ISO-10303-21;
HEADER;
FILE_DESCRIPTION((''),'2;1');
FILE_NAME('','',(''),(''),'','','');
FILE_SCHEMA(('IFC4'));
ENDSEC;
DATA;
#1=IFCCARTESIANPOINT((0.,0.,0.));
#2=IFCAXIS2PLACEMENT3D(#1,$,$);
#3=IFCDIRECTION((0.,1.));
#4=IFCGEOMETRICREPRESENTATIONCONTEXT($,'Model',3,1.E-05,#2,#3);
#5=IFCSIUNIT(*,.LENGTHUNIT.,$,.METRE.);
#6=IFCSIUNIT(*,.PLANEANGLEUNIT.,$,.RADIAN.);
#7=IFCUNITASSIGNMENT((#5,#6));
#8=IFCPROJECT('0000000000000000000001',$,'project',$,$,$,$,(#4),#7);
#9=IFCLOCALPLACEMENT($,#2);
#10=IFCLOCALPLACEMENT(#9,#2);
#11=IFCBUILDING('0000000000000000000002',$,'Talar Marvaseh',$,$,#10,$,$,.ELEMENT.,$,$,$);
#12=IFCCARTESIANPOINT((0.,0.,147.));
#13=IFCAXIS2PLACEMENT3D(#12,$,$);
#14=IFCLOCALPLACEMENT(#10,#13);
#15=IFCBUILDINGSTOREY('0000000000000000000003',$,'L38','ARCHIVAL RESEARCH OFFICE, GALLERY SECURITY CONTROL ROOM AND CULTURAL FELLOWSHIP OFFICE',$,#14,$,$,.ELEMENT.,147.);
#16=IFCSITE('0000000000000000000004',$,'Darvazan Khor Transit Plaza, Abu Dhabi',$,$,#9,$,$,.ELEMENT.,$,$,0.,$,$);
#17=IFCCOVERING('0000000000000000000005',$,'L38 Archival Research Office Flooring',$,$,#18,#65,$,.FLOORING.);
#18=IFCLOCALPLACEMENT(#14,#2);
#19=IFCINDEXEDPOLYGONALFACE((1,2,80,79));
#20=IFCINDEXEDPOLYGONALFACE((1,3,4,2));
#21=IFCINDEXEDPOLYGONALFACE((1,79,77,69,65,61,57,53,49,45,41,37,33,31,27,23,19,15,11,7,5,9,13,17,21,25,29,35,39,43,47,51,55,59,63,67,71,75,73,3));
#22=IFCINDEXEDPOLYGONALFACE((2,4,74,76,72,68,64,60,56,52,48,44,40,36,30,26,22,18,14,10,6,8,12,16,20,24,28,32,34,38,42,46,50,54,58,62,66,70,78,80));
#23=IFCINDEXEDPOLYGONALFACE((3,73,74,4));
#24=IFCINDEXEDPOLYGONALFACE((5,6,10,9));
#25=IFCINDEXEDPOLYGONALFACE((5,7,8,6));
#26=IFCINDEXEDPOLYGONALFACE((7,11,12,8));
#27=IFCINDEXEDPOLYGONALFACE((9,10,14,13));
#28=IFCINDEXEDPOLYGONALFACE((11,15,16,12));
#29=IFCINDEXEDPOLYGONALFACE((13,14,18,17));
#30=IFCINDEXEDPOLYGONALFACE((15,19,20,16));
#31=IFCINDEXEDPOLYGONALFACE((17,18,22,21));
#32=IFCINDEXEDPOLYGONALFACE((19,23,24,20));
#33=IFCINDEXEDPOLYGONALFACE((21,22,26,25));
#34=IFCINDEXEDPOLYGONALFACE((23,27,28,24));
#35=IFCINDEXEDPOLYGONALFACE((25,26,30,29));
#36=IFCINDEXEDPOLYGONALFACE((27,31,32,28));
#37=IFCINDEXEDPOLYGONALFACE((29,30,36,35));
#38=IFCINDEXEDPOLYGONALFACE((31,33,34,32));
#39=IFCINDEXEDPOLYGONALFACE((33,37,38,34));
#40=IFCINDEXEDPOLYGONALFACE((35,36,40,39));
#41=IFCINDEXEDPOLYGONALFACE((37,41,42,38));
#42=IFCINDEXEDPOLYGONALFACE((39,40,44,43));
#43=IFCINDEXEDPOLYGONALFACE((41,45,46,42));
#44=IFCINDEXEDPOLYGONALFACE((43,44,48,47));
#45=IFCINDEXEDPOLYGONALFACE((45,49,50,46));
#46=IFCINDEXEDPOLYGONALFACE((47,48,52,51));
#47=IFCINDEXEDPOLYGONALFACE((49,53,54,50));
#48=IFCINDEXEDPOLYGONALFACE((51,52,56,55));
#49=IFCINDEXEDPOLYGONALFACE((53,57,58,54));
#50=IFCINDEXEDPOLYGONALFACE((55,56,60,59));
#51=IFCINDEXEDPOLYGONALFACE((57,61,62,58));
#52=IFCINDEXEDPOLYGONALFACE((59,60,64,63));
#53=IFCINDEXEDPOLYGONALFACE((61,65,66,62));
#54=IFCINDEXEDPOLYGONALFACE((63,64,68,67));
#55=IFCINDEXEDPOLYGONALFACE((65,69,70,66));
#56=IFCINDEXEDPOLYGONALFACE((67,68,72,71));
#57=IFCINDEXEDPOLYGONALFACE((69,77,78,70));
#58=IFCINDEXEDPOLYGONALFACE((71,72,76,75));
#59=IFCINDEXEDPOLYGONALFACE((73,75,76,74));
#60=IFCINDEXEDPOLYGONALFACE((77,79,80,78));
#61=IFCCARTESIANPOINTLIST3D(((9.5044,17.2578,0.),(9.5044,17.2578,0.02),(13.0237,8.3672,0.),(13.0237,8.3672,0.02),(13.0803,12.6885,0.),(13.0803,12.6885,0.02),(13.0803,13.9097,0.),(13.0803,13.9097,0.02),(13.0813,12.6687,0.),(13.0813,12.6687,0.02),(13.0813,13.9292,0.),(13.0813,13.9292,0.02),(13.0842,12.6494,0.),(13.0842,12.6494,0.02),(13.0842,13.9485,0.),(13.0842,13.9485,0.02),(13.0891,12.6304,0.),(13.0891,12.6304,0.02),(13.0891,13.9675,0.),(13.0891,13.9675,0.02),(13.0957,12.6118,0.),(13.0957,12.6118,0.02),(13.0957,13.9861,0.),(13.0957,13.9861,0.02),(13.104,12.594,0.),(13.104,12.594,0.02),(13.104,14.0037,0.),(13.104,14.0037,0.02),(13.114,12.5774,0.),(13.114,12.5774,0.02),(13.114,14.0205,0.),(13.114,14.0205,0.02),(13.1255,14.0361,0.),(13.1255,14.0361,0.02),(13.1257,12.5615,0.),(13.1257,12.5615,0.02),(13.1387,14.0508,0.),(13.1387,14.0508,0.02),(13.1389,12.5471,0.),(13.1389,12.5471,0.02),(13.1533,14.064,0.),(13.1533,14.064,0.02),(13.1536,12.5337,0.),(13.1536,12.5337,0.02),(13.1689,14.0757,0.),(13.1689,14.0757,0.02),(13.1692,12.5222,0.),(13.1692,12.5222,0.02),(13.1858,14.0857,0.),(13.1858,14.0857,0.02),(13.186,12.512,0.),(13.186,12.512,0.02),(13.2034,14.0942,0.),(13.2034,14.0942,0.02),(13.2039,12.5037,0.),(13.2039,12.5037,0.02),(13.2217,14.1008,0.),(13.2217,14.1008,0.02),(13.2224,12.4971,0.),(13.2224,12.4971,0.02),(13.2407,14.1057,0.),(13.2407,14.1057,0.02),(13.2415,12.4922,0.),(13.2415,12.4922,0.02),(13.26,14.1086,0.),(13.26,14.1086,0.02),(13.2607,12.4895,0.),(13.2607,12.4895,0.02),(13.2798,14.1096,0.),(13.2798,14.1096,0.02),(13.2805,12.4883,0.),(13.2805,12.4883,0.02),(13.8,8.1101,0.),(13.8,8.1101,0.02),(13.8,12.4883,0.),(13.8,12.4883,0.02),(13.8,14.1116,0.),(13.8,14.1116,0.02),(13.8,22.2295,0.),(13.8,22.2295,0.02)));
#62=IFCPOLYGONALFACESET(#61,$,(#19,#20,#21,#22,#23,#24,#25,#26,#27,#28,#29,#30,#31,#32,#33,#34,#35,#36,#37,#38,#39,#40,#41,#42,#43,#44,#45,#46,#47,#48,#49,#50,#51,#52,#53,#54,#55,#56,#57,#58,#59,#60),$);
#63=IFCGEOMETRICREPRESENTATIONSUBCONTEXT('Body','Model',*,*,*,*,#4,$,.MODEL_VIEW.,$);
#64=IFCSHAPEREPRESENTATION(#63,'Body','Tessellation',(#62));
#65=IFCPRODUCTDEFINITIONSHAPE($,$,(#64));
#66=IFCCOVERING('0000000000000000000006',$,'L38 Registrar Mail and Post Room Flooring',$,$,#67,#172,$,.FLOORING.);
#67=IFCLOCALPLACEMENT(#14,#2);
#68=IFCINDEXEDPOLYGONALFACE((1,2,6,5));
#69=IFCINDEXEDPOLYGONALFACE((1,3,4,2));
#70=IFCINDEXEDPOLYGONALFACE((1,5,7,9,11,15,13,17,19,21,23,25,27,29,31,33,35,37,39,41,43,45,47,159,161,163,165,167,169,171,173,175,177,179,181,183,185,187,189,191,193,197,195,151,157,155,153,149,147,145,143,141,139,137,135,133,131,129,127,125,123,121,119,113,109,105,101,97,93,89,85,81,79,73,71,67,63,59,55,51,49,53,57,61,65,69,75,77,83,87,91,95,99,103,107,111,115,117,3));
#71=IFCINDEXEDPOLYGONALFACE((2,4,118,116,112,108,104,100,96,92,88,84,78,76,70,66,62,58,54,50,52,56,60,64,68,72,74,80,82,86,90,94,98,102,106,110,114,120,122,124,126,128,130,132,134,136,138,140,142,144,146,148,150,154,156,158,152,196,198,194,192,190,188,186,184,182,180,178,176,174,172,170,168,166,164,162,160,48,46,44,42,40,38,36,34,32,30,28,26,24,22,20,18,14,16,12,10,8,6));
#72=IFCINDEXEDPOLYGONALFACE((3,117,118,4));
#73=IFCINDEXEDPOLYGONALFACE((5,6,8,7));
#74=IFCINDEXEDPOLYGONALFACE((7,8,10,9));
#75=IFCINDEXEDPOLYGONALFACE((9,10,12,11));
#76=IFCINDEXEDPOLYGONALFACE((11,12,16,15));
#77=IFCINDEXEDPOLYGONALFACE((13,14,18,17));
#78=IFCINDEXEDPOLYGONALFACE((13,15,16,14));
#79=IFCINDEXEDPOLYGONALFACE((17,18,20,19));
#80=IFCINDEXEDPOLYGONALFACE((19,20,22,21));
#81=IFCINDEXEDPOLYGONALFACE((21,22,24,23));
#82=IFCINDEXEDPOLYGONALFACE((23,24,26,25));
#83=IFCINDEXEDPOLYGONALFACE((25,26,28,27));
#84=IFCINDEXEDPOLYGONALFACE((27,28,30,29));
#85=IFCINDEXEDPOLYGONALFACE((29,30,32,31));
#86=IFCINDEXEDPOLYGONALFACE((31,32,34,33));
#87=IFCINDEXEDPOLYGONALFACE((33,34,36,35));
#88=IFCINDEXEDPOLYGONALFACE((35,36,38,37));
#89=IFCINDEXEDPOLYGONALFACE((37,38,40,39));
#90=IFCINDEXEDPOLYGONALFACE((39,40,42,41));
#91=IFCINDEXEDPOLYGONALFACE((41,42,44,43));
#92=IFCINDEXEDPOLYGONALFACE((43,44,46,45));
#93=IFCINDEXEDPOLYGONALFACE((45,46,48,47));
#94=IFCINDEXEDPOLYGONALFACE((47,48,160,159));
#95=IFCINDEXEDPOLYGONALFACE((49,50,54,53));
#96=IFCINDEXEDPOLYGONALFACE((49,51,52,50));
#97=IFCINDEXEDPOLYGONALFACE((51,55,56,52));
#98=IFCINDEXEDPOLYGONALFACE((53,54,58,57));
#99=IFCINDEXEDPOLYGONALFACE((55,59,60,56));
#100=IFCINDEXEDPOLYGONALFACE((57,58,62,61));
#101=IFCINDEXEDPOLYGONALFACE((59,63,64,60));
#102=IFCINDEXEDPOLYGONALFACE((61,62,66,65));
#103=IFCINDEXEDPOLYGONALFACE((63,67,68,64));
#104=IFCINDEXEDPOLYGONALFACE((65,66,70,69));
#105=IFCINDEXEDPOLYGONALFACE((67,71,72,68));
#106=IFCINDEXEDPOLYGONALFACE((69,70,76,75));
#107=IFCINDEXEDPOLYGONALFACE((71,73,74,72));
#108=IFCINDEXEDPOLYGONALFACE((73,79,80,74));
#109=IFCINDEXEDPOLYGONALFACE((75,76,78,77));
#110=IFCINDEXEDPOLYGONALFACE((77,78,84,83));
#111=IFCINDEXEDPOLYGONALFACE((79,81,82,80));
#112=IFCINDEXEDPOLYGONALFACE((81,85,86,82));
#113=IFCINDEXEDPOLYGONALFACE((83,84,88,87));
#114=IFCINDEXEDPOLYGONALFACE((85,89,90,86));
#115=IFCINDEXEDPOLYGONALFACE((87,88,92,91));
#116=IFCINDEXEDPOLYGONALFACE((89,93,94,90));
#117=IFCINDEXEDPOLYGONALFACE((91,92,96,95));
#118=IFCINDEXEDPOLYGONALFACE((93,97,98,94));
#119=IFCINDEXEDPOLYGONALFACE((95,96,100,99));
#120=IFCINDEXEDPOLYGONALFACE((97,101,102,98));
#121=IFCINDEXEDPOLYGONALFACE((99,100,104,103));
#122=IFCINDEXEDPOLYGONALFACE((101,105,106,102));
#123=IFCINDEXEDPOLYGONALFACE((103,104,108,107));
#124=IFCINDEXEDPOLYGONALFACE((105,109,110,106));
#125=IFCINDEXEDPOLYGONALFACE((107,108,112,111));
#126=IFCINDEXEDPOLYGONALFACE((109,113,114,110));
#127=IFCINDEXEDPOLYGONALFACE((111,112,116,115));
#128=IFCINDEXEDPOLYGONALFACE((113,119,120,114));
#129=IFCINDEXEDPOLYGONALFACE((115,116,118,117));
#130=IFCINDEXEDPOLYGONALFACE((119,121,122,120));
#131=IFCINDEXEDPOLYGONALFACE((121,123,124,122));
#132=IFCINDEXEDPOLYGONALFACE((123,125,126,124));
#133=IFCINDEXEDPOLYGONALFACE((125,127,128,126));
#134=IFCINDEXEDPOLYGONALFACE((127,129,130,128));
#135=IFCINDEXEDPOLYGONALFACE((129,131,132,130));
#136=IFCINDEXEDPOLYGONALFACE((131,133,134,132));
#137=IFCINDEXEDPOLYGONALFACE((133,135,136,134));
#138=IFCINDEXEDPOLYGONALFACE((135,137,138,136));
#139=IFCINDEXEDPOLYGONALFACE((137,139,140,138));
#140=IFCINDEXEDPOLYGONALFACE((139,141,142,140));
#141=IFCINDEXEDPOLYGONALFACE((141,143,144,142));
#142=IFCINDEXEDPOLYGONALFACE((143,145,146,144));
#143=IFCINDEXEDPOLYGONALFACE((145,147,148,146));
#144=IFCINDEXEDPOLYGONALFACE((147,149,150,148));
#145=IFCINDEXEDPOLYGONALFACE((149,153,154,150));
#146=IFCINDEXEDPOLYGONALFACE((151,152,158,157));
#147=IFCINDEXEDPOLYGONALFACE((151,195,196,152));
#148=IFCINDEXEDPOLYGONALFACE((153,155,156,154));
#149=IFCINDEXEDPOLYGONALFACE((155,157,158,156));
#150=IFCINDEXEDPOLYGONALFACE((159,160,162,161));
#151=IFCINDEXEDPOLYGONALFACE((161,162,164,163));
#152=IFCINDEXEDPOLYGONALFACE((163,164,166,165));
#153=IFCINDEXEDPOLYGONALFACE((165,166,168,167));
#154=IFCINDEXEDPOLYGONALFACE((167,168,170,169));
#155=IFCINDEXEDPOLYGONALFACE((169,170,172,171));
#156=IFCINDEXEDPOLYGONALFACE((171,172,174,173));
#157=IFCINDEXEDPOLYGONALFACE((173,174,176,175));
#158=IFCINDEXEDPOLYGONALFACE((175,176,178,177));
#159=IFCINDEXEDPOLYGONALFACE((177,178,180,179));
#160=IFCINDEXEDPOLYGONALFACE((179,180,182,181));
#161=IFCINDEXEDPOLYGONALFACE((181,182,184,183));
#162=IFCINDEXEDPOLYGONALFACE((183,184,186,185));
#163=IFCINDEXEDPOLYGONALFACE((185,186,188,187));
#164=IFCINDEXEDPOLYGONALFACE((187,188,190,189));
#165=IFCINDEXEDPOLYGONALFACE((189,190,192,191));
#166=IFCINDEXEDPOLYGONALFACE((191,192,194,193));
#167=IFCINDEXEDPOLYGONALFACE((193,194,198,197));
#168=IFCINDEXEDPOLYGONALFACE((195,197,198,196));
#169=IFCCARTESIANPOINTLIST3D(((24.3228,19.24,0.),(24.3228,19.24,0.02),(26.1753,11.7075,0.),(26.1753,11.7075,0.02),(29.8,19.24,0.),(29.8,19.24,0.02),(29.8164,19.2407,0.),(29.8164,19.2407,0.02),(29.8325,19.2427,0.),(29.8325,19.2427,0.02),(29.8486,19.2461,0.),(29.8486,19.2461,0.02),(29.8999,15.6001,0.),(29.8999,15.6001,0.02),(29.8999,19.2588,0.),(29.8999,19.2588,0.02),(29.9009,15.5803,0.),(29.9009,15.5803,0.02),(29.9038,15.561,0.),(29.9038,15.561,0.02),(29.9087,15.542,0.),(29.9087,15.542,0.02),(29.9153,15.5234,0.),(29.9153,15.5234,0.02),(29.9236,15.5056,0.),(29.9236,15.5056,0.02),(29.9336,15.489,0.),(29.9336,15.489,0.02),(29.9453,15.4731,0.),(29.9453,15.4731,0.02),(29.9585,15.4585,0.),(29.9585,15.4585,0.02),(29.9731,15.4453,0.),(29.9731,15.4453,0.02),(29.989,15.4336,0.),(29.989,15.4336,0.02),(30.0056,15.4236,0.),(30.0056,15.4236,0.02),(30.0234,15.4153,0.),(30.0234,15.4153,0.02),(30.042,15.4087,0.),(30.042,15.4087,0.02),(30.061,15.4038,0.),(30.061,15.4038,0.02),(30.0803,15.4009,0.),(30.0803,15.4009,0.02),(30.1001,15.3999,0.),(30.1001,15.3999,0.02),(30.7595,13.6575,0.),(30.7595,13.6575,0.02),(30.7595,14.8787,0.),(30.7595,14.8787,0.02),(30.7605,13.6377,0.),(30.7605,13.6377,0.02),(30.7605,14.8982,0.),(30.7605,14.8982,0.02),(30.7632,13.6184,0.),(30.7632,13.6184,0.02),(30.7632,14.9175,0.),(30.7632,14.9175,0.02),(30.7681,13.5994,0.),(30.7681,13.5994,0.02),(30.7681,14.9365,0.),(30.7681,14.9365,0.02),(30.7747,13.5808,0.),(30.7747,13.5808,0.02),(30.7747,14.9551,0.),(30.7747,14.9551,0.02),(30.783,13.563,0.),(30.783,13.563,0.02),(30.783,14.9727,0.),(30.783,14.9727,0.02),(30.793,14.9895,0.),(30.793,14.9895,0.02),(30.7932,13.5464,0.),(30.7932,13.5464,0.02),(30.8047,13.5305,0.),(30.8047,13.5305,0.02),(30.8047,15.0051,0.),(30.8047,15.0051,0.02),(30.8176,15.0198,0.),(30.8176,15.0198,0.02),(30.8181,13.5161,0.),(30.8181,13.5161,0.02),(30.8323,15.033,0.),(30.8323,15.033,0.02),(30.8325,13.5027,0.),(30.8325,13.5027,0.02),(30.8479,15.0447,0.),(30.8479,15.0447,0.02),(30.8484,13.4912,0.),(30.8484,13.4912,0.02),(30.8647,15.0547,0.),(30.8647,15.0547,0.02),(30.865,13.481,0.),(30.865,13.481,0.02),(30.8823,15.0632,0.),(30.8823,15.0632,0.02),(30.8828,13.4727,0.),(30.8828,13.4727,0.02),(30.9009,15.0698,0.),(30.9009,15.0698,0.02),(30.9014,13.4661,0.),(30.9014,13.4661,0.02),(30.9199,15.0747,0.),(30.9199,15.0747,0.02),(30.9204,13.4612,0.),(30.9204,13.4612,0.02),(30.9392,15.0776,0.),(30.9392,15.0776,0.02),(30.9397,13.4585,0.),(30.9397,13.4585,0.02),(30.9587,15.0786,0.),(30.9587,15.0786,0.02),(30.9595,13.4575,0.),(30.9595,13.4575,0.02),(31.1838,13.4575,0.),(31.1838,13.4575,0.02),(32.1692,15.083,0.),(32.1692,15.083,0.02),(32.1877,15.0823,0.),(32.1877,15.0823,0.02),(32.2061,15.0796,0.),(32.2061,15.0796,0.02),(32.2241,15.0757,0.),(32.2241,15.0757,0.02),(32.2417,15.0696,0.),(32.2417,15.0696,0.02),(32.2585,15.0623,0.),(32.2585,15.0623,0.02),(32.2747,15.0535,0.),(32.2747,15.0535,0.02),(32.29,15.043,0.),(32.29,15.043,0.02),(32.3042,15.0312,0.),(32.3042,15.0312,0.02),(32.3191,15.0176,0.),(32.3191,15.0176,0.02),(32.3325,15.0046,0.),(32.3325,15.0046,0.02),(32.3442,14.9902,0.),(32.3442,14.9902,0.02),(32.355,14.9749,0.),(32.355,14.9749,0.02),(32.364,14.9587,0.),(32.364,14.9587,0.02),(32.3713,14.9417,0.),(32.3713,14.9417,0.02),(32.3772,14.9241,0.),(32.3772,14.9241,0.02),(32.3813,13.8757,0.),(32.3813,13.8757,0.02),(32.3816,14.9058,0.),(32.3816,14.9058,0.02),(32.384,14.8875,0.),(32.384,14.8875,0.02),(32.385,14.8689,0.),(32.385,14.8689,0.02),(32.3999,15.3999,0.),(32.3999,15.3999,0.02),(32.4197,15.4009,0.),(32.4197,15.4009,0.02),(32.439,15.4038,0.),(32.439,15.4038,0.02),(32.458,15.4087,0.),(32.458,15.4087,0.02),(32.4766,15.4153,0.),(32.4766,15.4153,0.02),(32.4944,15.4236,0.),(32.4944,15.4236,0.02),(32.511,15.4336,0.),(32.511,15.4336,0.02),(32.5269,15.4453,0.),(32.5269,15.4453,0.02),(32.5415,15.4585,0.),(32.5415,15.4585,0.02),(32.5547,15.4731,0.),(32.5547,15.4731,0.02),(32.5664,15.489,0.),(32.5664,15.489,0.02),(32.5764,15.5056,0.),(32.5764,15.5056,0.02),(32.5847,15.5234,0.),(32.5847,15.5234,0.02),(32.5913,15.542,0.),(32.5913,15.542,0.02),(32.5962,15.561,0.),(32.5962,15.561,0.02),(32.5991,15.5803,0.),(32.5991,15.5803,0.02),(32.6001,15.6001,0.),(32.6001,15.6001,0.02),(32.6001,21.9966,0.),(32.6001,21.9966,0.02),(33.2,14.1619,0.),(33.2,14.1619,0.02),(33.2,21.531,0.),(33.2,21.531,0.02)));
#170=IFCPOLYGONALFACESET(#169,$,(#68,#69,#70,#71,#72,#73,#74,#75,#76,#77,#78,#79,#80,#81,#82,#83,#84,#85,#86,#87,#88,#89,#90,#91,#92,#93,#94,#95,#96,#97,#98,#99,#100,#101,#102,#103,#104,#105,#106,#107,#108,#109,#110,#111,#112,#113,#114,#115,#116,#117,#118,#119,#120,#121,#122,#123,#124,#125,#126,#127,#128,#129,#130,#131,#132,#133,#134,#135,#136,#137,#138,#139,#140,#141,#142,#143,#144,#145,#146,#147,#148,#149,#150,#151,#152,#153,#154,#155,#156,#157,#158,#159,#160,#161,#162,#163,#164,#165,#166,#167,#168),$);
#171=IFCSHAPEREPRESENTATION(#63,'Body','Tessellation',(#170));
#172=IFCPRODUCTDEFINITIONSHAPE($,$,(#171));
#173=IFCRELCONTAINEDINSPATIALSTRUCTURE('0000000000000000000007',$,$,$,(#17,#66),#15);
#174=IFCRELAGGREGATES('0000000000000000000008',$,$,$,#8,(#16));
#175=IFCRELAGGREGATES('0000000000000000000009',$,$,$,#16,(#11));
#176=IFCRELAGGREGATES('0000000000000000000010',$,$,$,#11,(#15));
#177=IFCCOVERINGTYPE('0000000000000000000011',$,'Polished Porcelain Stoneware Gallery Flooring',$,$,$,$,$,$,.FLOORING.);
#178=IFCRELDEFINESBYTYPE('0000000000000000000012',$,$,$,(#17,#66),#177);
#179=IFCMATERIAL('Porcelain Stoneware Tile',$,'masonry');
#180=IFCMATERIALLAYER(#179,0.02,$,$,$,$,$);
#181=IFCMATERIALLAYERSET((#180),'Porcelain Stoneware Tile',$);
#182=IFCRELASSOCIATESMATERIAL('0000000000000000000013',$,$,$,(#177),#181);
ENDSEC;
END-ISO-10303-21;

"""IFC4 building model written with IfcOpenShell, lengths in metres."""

from ifc_helpers import new_model, si_unit, direction, frame, origin, place, context, subcontext, project, spatial, polyline, outline, extrude, material, layer, layer_set, type_object, element, save


model = new_model("IFC4")

# Units and contexts
model_context = context("Model", 3, precision=1e-05, world=origin(), true_north=direction((0.0, 1.0)))
body_context = subcontext(model_context, "Body", "Model", "MODEL_VIEW")
ifc_project = project(units=[si_unit("LENGTHUNIT", "METRE"), si_unit("PLANEANGLEUNIT", "RADIAN")], contexts=[model_context])

# Site, building, storey
site_placement = place(None, origin())
site = spatial("IfcSite", under=ifc_project, at=site_placement, Name="Darvazan Khor Transit Plaza, Abu Dhabi", CompositionType="ELEMENT", RefElevation=0.0)
building_placement = place(site_placement, origin())
building = spatial("IfcBuilding", under=site, at=building_placement, Name="Talar Marvaseh", CompositionType="ELEMENT")
storey_placement = place(building_placement, frame((0.0, 0.0, 147.0)))
storey = spatial("IfcBuildingStorey", under=building, at=storey_placement, Name="L38", Description="ARCHIVAL RESEARCH OFFICE, GALLERY SECURITY CONTROL ROOM AND CULTURAL FELLOWSHIP OFFICE", CompositionType="ELEMENT", Elevation=147.0)

# Coverings
ifc_material_1 = material(Name="Porcelain Stoneware Tile", Category="masonry")
ifc_layer_1 = layer(ifc_material_1, 0.02)
ifc_layer_set_1 = layer_set([ifc_layer_1], Name="Porcelain Stoneware Tile")
covering_type_1 = type_object("IfcCoveringType", Name="Polished Porcelain Stoneware Gallery Flooring", PredefinedType="FLOORING", material=ifc_layer_set_1)
covering_1_placement = place(storey_placement, origin())
element("IfcCovering", 1, at=covering_1_placement, inside=storey, type_object=covering_type_1, Name="L38 Archival Research Office Flooring", PredefinedType="FLOORING", context=body_context, shape_type="SweptSolid", body=[
    extrude(outline(polyline([(13.8, 22.2295), (13.8, 14.1116), (13.2798, 14.1096), (13.26, 14.1086), (13.2407, 14.1057), (13.2217, 14.1008), (13.2034, 14.0942), (13.1858, 14.0857), (13.1689, 14.0757), (13.1533, 14.064), (13.1387, 14.0508), (13.1255, 14.0361), (13.114, 14.0205), (13.104, 14.0037), (13.0957, 13.9861), (13.0891, 13.9675), (13.0842, 13.9485), (13.0813, 13.9292), (13.0803, 13.9097), (13.0803, 12.6885), (13.0813, 12.6687), (13.0842, 12.6494), (13.0891, 12.6304), (13.0957, 12.6118), (13.104, 12.594), (13.114, 12.5774), (13.1257, 12.5615), (13.1389, 12.5471), (13.1536, 12.5337), (13.1692, 12.5222), (13.186, 12.512), (13.2039, 12.5037), (13.2224, 12.4971), (13.2415, 12.4922), (13.2607, 12.4895), (13.2805, 12.4883), (13.8, 12.4883), (13.8, 8.1101), (13.0237, 8.3672), (9.5044, 17.2578), (13.8, 22.2295)])), origin(), (0.0, 0.0, 1.0), 0.02),
])
covering_2_placement = place(storey_placement, origin())
element("IfcCovering", 2, at=covering_2_placement, inside=storey, type_object=covering_type_1, Name="L38 Registrar Mail and Post Room Flooring", PredefinedType="FLOORING", context=body_context, shape_type="SweptSolid", body=[
    extrude(outline(polyline([(29.9009, 15.5803), (29.9038, 15.561), (29.9087, 15.542), (29.9153, 15.5234), (29.9236, 15.5056), (29.9336, 15.489), (29.9453, 15.4731), (29.9585, 15.4585), (29.9731, 15.4453), (29.989, 15.4336), (30.0056, 15.4236), (30.0234, 15.4153), (30.042, 15.4087), (30.061, 15.4038), (30.0803, 15.4009), (30.1001, 15.3999), (32.3999, 15.3999), (32.4197, 15.4009), (32.439, 15.4038), (32.458, 15.4087), (32.4766, 15.4153), (32.4944, 15.4236), (32.511, 15.4336), (32.5269, 15.4453), (32.5415, 15.4585), (32.5547, 15.4731), (32.5664, 15.489), (32.5764, 15.5056), (32.5847, 15.5234), (32.5913, 15.542), (32.5962, 15.561), (32.5991, 15.5803), (32.6001, 15.6001), (32.6001, 21.9966), (33.2, 21.531), (33.2, 14.1619), (32.3813, 13.8757), (32.385, 14.8689), (32.384, 14.8875), (32.3816, 14.9058), (32.3772, 14.9241), (32.3713, 14.9417), (32.364, 14.9587), (32.355, 14.9749), (32.3442, 14.9902), (32.3325, 15.0046), (32.3191, 15.0176), (32.3042, 15.0312), (32.29, 15.043), (32.2747, 15.0535), (32.2585, 15.0623), (32.2417, 15.0696), (32.2241, 15.0757), (32.2061, 15.0796), (32.1877, 15.0823), (32.1692, 15.083), (30.9587, 15.0786), (30.9392, 15.0776), (30.9199, 15.0747), (30.9009, 15.0698), (30.8823, 15.0632), (30.8647, 15.0547), (30.8479, 15.0447), (30.8323, 15.033), (30.8176, 15.0198), (30.8047, 15.0051), (30.793, 14.9895), (30.783, 14.9727), (30.7747, 14.9551), (30.7681, 14.9365), (30.7632, 14.9175), (30.7605, 14.8982), (30.7595, 14.8787), (30.7595, 13.6575), (30.7605, 13.6377), (30.7632, 13.6184), (30.7681, 13.5994), (30.7747, 13.5808), (30.783, 13.563), (30.7932, 13.5464), (30.8047, 13.5305), (30.8181, 13.5161), (30.8325, 13.5027), (30.8484, 13.4912), (30.865, 13.481), (30.8828, 13.4727), (30.9014, 13.4661), (30.9204, 13.4612), (30.9397, 13.4585), (30.9595, 13.4575), (31.1838, 13.4575), (26.1753, 11.7075), (24.3228, 19.24), (29.8, 19.24), (29.8164, 19.2407), (29.8325, 19.2427), (29.8486, 19.2461), (29.8999, 19.2588), (29.8999, 15.6001), (29.9009, 15.5803)])), origin(), (0.0, 0.0, 1.0), 0.02),
])

save(model, "model.ifc")
